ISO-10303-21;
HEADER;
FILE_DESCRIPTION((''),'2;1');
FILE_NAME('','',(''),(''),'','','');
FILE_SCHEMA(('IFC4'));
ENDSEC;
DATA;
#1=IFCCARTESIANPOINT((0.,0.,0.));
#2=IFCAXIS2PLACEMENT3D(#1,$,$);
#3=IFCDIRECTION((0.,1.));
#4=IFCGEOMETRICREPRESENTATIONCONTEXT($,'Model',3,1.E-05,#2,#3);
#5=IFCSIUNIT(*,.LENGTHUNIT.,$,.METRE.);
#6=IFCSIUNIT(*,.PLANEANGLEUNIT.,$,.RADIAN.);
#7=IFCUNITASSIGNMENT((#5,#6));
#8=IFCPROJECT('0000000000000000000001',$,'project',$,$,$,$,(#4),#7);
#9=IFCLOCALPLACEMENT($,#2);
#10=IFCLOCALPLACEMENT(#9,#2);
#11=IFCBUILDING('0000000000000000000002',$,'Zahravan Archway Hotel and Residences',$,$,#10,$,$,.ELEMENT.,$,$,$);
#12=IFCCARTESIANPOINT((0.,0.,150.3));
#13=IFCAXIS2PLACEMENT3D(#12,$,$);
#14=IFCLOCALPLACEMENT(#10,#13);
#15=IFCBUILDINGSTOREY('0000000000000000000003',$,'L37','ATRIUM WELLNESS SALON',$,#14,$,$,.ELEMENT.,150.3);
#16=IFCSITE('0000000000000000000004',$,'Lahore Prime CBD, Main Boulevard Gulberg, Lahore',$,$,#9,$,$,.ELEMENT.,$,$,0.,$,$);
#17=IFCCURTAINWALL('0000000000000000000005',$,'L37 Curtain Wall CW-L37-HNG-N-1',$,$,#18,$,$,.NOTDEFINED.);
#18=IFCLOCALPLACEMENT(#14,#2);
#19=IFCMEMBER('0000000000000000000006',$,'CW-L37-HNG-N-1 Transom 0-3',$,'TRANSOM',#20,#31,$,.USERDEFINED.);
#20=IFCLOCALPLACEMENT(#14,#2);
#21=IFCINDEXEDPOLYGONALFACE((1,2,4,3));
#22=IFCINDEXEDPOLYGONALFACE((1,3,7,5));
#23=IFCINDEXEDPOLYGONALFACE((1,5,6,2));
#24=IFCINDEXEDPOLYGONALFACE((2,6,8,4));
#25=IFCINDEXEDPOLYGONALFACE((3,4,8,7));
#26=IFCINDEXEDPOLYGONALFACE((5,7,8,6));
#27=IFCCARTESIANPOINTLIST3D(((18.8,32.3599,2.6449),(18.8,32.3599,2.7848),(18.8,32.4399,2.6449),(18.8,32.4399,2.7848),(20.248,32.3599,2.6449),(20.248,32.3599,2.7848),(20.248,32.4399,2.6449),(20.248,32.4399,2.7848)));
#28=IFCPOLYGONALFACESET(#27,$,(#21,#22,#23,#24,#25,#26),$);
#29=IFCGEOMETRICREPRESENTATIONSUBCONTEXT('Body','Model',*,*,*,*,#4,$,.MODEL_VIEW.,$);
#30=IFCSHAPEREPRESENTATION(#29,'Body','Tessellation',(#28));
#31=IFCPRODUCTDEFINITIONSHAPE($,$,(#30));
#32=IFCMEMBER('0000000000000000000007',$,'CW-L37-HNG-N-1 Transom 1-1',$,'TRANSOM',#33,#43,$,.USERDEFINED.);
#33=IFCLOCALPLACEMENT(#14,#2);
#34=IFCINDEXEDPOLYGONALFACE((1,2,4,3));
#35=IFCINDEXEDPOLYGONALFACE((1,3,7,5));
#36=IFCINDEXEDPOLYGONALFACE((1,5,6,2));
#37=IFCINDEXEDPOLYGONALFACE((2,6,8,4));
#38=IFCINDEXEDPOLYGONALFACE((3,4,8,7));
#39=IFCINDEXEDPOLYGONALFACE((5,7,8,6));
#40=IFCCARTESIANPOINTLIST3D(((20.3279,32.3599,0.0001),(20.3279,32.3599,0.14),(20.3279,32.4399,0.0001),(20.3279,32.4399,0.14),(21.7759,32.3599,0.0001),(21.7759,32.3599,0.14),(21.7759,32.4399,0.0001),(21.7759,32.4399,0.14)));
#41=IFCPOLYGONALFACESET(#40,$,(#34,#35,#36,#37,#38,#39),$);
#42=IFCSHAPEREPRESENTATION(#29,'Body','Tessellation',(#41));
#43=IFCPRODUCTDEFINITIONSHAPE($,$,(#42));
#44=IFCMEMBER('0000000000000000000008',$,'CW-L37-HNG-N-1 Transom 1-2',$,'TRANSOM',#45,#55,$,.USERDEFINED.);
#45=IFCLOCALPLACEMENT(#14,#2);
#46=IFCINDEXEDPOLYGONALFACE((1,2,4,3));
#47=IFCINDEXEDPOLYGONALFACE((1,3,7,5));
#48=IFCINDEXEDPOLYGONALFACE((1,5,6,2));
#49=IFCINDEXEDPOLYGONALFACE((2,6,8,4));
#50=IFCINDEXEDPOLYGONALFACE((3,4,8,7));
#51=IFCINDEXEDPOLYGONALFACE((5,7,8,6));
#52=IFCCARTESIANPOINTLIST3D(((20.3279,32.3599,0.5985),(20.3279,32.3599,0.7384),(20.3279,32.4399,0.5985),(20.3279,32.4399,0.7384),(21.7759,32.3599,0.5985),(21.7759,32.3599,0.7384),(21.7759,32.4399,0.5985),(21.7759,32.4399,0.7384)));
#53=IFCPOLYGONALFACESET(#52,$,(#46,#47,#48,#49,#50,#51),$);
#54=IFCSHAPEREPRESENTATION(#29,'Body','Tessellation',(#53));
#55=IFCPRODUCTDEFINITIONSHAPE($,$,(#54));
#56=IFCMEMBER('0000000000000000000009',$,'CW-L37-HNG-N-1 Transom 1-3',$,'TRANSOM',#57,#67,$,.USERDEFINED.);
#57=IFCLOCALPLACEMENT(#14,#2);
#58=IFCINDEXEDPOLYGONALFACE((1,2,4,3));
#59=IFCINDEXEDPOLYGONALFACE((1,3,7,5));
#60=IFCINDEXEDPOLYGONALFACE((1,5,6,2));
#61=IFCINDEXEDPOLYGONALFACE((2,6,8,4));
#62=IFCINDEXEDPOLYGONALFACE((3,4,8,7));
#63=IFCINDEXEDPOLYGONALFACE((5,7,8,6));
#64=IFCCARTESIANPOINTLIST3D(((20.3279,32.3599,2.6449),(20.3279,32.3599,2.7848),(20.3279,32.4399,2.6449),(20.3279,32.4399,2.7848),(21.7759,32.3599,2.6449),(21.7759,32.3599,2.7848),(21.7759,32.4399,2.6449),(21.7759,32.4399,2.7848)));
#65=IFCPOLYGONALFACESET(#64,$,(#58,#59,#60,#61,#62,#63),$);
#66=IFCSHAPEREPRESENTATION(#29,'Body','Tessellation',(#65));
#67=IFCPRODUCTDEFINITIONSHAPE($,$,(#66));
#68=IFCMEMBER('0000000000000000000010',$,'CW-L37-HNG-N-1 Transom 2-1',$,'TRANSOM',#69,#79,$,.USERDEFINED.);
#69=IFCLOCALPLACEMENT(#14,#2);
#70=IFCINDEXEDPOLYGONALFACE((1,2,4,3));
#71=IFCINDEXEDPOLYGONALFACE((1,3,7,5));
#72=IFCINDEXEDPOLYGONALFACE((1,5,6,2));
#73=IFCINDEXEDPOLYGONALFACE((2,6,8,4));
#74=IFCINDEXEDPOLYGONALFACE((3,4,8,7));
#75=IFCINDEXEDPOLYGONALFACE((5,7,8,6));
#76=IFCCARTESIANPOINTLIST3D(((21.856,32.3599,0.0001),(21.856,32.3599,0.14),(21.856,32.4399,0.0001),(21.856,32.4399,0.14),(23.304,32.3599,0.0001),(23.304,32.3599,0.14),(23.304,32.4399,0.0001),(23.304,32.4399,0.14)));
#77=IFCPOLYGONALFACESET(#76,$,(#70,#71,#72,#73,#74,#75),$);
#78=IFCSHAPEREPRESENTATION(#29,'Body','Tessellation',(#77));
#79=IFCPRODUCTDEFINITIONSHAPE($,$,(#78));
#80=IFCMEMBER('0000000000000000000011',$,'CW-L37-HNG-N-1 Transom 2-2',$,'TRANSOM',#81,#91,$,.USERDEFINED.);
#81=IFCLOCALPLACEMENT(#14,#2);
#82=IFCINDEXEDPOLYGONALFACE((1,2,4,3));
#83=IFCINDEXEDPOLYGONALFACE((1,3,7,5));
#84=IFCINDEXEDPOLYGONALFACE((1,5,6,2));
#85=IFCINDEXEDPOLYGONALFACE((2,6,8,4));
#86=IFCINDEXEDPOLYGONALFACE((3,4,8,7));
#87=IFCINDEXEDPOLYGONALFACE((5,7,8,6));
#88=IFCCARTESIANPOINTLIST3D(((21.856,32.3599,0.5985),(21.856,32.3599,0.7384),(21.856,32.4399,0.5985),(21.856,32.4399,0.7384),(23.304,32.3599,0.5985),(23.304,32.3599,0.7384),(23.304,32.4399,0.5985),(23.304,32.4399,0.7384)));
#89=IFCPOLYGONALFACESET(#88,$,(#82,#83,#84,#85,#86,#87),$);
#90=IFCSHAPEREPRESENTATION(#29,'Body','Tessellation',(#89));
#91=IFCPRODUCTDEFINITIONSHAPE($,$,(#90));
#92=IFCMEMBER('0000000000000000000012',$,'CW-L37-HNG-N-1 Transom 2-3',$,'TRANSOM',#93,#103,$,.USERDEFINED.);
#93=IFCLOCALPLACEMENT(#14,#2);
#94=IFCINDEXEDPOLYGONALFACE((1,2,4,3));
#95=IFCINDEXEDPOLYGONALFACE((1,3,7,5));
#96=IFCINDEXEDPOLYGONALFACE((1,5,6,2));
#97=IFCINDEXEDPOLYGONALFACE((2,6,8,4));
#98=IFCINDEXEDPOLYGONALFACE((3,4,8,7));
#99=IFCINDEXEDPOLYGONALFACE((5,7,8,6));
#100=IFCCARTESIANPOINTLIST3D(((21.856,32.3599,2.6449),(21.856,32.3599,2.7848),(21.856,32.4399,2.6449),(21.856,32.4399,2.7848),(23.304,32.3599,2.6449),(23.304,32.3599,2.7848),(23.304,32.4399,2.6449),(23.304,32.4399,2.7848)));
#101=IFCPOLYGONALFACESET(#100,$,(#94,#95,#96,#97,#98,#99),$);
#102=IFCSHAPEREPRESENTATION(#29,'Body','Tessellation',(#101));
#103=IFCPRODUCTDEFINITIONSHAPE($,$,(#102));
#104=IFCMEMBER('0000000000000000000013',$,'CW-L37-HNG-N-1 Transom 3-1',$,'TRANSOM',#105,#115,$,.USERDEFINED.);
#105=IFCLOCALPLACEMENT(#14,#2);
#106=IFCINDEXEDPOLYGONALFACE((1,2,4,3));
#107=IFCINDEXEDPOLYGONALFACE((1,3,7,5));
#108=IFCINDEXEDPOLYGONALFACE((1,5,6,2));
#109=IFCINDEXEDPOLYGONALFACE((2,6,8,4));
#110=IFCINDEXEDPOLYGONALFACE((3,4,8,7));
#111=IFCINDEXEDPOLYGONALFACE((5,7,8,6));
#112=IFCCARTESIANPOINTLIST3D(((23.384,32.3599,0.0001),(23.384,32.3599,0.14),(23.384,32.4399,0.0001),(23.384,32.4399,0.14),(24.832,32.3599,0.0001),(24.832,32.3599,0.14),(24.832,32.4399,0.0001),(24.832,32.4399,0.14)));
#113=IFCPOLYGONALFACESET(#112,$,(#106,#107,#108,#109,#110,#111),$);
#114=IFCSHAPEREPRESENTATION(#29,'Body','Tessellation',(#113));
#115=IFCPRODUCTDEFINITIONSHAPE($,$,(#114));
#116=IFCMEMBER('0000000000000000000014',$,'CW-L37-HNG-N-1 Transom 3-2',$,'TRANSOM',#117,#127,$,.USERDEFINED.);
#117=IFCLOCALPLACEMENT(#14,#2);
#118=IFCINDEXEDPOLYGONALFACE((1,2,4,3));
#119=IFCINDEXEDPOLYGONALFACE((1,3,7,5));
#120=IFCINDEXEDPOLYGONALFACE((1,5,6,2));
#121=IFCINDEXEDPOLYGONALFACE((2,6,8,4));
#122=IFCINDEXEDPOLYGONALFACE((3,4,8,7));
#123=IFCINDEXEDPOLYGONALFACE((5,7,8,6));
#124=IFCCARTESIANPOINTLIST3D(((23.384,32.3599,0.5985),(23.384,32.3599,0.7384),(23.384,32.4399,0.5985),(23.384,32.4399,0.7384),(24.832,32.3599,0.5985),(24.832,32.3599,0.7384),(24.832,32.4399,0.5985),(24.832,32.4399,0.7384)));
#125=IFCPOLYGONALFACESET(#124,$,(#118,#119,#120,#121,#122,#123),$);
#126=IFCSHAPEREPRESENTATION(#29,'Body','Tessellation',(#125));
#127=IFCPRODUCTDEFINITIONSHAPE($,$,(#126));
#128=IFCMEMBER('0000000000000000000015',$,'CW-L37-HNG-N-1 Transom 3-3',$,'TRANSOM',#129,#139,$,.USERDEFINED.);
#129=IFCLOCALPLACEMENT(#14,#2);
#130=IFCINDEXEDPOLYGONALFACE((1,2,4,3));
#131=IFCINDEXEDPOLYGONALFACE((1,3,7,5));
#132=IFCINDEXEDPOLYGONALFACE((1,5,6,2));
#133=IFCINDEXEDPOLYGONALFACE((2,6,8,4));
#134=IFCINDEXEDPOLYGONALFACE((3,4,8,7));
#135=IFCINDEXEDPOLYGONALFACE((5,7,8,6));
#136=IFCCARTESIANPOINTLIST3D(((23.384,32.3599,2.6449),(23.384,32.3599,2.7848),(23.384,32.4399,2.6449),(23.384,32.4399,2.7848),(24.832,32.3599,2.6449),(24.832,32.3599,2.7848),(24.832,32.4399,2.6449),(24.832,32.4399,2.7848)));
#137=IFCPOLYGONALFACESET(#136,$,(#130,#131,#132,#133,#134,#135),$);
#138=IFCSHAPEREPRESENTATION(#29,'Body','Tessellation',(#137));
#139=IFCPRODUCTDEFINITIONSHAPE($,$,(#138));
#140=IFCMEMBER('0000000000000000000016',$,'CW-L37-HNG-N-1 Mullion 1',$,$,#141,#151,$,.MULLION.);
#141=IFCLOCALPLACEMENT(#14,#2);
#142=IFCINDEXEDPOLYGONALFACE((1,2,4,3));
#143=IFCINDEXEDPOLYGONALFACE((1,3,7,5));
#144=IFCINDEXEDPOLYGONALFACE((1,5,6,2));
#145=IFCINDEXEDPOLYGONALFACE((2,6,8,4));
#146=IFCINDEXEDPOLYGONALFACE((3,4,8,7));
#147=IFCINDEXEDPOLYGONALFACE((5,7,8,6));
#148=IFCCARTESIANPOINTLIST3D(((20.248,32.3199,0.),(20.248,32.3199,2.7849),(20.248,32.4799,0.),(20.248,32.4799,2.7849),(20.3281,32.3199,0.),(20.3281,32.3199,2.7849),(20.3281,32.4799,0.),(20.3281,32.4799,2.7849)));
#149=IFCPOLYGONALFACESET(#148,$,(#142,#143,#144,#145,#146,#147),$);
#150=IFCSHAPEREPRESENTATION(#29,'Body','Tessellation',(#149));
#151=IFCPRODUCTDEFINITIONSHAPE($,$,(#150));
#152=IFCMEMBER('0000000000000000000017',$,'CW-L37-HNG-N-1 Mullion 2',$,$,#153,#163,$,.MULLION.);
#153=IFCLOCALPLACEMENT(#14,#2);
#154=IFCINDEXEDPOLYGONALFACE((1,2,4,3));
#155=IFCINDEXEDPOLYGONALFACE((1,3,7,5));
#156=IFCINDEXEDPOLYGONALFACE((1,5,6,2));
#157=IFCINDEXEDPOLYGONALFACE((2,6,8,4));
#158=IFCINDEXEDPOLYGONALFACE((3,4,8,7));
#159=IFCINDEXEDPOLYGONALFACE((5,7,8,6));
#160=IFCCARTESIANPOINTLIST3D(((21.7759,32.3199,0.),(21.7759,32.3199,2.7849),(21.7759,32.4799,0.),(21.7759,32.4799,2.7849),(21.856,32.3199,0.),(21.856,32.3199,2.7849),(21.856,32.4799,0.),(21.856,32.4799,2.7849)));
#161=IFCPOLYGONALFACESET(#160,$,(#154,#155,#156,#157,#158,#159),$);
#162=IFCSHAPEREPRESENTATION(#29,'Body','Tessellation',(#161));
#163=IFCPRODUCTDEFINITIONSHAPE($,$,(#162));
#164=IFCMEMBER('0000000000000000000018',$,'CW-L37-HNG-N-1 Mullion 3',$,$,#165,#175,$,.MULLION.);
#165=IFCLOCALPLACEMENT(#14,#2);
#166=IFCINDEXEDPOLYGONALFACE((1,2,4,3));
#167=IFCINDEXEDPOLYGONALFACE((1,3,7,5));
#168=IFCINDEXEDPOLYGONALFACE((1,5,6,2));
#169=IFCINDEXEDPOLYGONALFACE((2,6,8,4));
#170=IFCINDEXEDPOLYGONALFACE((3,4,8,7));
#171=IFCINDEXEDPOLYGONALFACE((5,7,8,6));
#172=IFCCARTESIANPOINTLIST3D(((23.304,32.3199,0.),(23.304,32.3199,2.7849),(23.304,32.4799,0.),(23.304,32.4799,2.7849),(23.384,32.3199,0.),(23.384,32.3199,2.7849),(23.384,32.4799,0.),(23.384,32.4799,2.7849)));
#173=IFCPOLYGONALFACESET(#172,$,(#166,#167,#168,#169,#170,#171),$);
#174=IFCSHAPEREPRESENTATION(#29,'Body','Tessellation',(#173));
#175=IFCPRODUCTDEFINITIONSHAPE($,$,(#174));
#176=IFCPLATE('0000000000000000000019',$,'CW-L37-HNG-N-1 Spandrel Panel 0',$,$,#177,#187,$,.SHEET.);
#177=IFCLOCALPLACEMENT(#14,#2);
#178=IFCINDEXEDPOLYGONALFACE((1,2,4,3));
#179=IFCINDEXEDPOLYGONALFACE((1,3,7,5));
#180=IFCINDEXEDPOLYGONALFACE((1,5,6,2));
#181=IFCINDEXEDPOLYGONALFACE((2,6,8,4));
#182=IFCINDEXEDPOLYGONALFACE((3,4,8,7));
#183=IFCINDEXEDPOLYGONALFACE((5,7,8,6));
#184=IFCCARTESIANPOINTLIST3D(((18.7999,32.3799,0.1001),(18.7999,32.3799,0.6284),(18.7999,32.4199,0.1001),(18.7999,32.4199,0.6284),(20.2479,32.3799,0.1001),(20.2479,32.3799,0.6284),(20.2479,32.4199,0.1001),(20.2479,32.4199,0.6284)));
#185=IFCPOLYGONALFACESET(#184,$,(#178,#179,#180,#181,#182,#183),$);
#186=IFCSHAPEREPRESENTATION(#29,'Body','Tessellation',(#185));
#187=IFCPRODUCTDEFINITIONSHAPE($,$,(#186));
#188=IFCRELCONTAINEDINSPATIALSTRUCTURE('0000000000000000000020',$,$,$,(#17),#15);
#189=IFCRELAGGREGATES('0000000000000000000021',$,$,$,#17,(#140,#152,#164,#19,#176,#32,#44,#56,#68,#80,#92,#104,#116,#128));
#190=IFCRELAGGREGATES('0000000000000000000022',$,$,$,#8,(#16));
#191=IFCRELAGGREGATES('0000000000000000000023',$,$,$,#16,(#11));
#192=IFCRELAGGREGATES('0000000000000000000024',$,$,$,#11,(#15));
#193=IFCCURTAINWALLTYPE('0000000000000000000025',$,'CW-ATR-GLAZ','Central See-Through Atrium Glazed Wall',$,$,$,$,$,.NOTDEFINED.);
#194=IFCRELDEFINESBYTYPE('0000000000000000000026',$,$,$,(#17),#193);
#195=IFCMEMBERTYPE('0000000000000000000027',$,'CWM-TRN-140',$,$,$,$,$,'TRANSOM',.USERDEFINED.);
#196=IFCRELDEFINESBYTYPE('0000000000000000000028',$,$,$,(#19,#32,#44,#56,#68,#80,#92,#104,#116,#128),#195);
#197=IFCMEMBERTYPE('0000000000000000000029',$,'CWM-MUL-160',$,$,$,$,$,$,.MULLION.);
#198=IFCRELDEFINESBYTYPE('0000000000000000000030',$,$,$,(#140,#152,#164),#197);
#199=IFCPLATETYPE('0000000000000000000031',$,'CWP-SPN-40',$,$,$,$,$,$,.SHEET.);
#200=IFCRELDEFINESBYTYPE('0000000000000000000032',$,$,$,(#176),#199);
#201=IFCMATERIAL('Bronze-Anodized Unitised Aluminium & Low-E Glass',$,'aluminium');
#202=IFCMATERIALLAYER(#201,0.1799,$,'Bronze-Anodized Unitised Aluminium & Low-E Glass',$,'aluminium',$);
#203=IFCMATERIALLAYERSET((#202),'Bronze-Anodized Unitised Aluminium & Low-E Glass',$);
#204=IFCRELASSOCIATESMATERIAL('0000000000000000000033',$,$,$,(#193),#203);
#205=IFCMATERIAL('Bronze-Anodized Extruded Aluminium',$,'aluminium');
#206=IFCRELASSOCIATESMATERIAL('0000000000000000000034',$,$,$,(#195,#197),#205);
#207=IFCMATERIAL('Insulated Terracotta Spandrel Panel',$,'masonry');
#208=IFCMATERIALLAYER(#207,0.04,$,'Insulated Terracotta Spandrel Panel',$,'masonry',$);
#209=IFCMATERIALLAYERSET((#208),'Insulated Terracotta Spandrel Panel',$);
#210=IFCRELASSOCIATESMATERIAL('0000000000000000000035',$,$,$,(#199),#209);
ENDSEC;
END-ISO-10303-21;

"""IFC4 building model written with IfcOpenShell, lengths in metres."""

from ifc_helpers import new_model, si_unit, direction, frame, origin, origin_2d, place, context, subcontext, project, spatial, rectangle, extrude, source, transform, mapped, material, layer, layer_set, material_profile, profile_set, type_object, element, aggregate, save


model = new_model("IFC4")

# Units and contexts
model_context = context("Model", 3, precision=1e-05, world=origin(), true_north=direction((0.0, 1.0)))
body_context = subcontext(model_context, "Body", "Model", "MODEL_VIEW")
ifc_project = project(units=[si_unit("LENGTHUNIT", "METRE"), si_unit("PLANEANGLEUNIT", "RADIAN")], contexts=[model_context])

# Site, building, storey
site_placement = place(None, origin())
site = spatial("IfcSite", under=ifc_project, at=site_placement, Name="Lahore Prime CBD, Main Boulevard Gulberg, Lahore", CompositionType="ELEMENT", RefElevation=0.0)
building_placement = place(site_placement, origin())
building = spatial("IfcBuilding", under=site, at=building_placement, Name="Zahravan Archway Hotel and Residences", CompositionType="ELEMENT")
storey_placement = place(building_placement, frame((0.0, 0.0, 150.3)))
storey = spatial("IfcBuildingStorey", under=building, at=storey_placement, Name="L37", Description="ATRIUM WELLNESS SALON", CompositionType="ELEMENT", Elevation=150.3)

# Curtain wall, members, plate
ifc_material_1 = material(Name="Bronze-Anodized Unitised Aluminium & Low-E Glass", Category="aluminium")
ifc_layer_1 = layer(ifc_material_1, 0.1799, Name="Bronze-Anodized Unitised Aluminium & Low-E Glass", Category="aluminium")
ifc_layer_set_1 = layer_set([ifc_layer_1], Name="Bronze-Anodized Unitised Aluminium & Low-E Glass")
curtain_wall_type = type_object("IfcCurtainWallType", Name="CW-ATR-GLAZ", Description="Central See-Through Atrium Glazed Wall", PredefinedType="NOTDEFINED", material=ifc_layer_set_1)
curtain_wall_placement = place(storey_placement, origin())
curtain_wall = element("IfcCurtainWall", 1, at=curtain_wall_placement, inside=storey, type_object=curtain_wall_type, Name="L37 Curtain Wall CW-L37-HNG-N-1", PredefinedType="NOTDEFINED")
ifc_material_2 = material(Name="Bronze-Anodized Extruded Aluminium", Category="aluminium")
ifc_material_profile_1 = material_profile(ifc_material_2, rectangle(XDim=0.0801, YDim=0.1399, at=origin_2d()), Name="TRN 80x140", Category="aluminium")
ifc_profile_set_1 = profile_set([ifc_material_profile_1], Name="Bronze-Anodized Extruded Aluminium")
member_type_1 = type_object("IfcMemberType", Name="CWM-TRN-140", ElementType="TRANSOM", PredefinedType="USERDEFINED", material=ifc_profile_set_1)
shared_shape_1 = source(origin(), body_context, "Body", "SweptSolid", [
    extrude(rectangle(XDim=0.0801, YDim=0.1399, at=origin_2d()), origin(), (0.0, 0.0, 1.0), 1.448),
])
member_1_placement = place(storey_placement, frame((18.8, 32.3999, 2.7148), z_axis=(1.0, 0.0, 0.0), x_axis=(0.0, 1.0, 0.0)))
member_1 = element("IfcMember", 2, at=member_1_placement, type_object=member_type_1, Name="CW-L37-HNG-N-1 Transom 0-3", ObjectType="TRANSOM", PredefinedType="USERDEFINED", context=body_context, shape_type="MappedRepresentation", body=[
    mapped(shared_shape_1, transform((0.0, 0.0, 0.0), scale=1.0)),
])
member_2_placement = place(storey_placement, frame((20.3279, 32.3999, 0.0701), z_axis=(1.0, 0.0, 0.0), x_axis=(0.0, 1.0, 0.0)))
member_2 = element("IfcMember", 3, at=member_2_placement, type_object=member_type_1, Name="CW-L37-HNG-N-1 Transom 1-1", ObjectType="TRANSOM", PredefinedType="USERDEFINED", context=body_context, shape_type="MappedRepresentation", body=[
    mapped(shared_shape_1, transform((0.0, 0.0, 0.0), scale=1.0)),
])
member_3_placement = place(storey_placement, frame((20.3279, 32.3999, 0.6685), z_axis=(1.0, 0.0, 0.0), x_axis=(0.0, 1.0, 0.0)))
member_3 = element("IfcMember", 4, at=member_3_placement, type_object=member_type_1, Name="CW-L37-HNG-N-1 Transom 1-2", ObjectType="TRANSOM", PredefinedType="USERDEFINED", context=body_context, shape_type="MappedRepresentation", body=[
    mapped(shared_shape_1, transform((0.0, 0.0, 0.0), scale=1.0)),
])
member_4_placement = place(storey_placement, frame((20.3279, 32.3999, 2.7148), z_axis=(1.0, 0.0, 0.0), x_axis=(0.0, 1.0, 0.0)))
member_4 = element("IfcMember", 5, at=member_4_placement, type_object=member_type_1, Name="CW-L37-HNG-N-1 Transom 1-3", ObjectType="TRANSOM", PredefinedType="USERDEFINED", context=body_context, shape_type="MappedRepresentation", body=[
    mapped(shared_shape_1, transform((0.0, 0.0, 0.0), scale=1.0)),
])
member_5_placement = place(storey_placement, frame((21.856, 32.3999, 0.0701), z_axis=(1.0, 0.0, 0.0), x_axis=(0.0, 1.0, 0.0)))
member_5 = element("IfcMember", 6, at=member_5_placement, type_object=member_type_1, Name="CW-L37-HNG-N-1 Transom 2-1", ObjectType="TRANSOM", PredefinedType="USERDEFINED", context=body_context, shape_type="MappedRepresentation", body=[
    mapped(shared_shape_1, transform((0.0, 0.0, 0.0), scale=1.0)),
])
member_6_placement = place(storey_placement, frame((21.856, 32.3999, 0.6685), z_axis=(1.0, 0.0, 0.0), x_axis=(0.0, 1.0, 0.0)))
member_6 = element("IfcMember", 7, at=member_6_placement, type_object=member_type_1, Name="CW-L37-HNG-N-1 Transom 2-2", ObjectType="TRANSOM", PredefinedType="USERDEFINED", context=body_context, shape_type="MappedRepresentation", body=[
    mapped(shared_shape_1, transform((0.0, 0.0, 0.0), scale=1.0)),
])
member_7_placement = place(storey_placement, frame((21.856, 32.3999, 2.7148), z_axis=(1.0, 0.0, 0.0), x_axis=(0.0, 1.0, 0.0)))
member_7 = element("IfcMember", 8, at=member_7_placement, type_object=member_type_1, Name="CW-L37-HNG-N-1 Transom 2-3", ObjectType="TRANSOM", PredefinedType="USERDEFINED", context=body_context, shape_type="MappedRepresentation", body=[
    mapped(shared_shape_1, transform((0.0, 0.0, 0.0), scale=1.0)),
])
member_8_placement = place(storey_placement, frame((23.384, 32.3999, 0.0701), z_axis=(1.0, 0.0, 0.0), x_axis=(0.0, 1.0, 0.0)))
member_8 = element("IfcMember", 9, at=member_8_placement, type_object=member_type_1, Name="CW-L37-HNG-N-1 Transom 3-1", ObjectType="TRANSOM", PredefinedType="USERDEFINED", context=body_context, shape_type="MappedRepresentation", body=[
    mapped(shared_shape_1, transform((0.0, 0.0, 0.0), scale=1.0)),
])
member_9_placement = place(storey_placement, frame((23.384, 32.3999, 0.6685), z_axis=(1.0, 0.0, 0.0), x_axis=(0.0, 1.0, 0.0)))
member_9 = element("IfcMember", 10, at=member_9_placement, type_object=member_type_1, Name="CW-L37-HNG-N-1 Transom 3-2", ObjectType="TRANSOM", PredefinedType="USERDEFINED", context=body_context, shape_type="MappedRepresentation", body=[
    mapped(shared_shape_1, transform((0.0, 0.0, 0.0), scale=1.0)),
])
member_10_placement = place(storey_placement, frame((23.384, 32.3999, 2.7148), z_axis=(1.0, 0.0, 0.0), x_axis=(0.0, 1.0, 0.0)))
member_10 = element("IfcMember", 11, at=member_10_placement, type_object=member_type_1, Name="CW-L37-HNG-N-1 Transom 3-3", ObjectType="TRANSOM", PredefinedType="USERDEFINED", context=body_context, shape_type="MappedRepresentation", body=[
    mapped(shared_shape_1, transform((0.0, 0.0, 0.0), scale=1.0)),
])
ifc_material_profile_2 = material_profile(ifc_material_2, rectangle(XDim=0.0801, YDim=0.1599, at=origin_2d()), Name="MUL 80x160", Category="aluminium")
ifc_profile_set_2 = profile_set([ifc_material_profile_2], Name="Bronze-Anodized Extruded Aluminium")
member_type_2 = type_object("IfcMemberType", Name="CWM-MUL-160", PredefinedType="MULLION", material=ifc_profile_set_2)
shared_shape_2 = source(origin(), body_context, "Body", "SweptSolid", [
    extrude(rectangle(XDim=0.0801, YDim=0.1599, at=origin_2d()), origin(), (0.0, 0.0, 1.0), 2.7849),
])
member_11_placement = place(storey_placement, frame((20.2881, 32.3999, 0.0), z_axis=(0.0, 0.0, 1.0), x_axis=(1.0, 0.0, 0.0)))
member_11 = element("IfcMember", 12, at=member_11_placement, type_object=member_type_2, Name="CW-L37-HNG-N-1 Mullion 1", PredefinedType="MULLION", context=body_context, shape_type="MappedRepresentation", body=[
    mapped(shared_shape_2, transform((0.0, 0.0, 0.0), scale=1.0)),
])
member_12_placement = place(storey_placement, frame((21.8159, 32.3999, 0.0), z_axis=(0.0, 0.0, 1.0), x_axis=(1.0, 0.0, 0.0)))
member_12 = element("IfcMember", 13, at=member_12_placement, type_object=member_type_2, Name="CW-L37-HNG-N-1 Mullion 2", PredefinedType="MULLION", context=body_context, shape_type="MappedRepresentation", body=[
    mapped(shared_shape_2, transform((0.0, 0.0, 0.0), scale=1.0)),
])
member_13_placement = place(storey_placement, frame((23.344, 32.3999, 0.0), z_axis=(0.0, 0.0, 1.0), x_axis=(1.0, 0.0, 0.0)))
member_13 = element("IfcMember", 14, at=member_13_placement, type_object=member_type_2, Name="CW-L37-HNG-N-1 Mullion 3", PredefinedType="MULLION", context=body_context, shape_type="MappedRepresentation", body=[
    mapped(shared_shape_2, transform((0.0, 0.0, 0.0), scale=1.0)),
])
ifc_material_3 = material(Name="Insulated Terracotta Spandrel Panel", Category="masonry")
ifc_layer_2 = layer(ifc_material_3, 0.04, Name="Insulated Terracotta Spandrel Panel", Category="masonry")
ifc_layer_set_2 = layer_set([ifc_layer_2], Name="Insulated Terracotta Spandrel Panel")
plate_type_1 = type_object("IfcPlateType", Name="CWP-SPN-40", PredefinedType="SHEET", material=ifc_layer_set_2)
shared_shape_3 = source(origin(), body_context, "Body", "SweptSolid", [
    extrude(rectangle(XDim=1.448, YDim=0.04, at=origin_2d()), origin(), (0.0, 0.0, 1.0), 0.5283),
])
plate_1_placement = place(storey_placement, frame((19.5239, 32.3999, 0.1001), z_axis=(0.0, 0.0, 1.0), x_axis=(1.0, 0.0, 0.0)))
plate_1 = element("IfcPlate", 15, at=plate_1_placement, type_object=plate_type_1, Name="CW-L37-HNG-N-1 Spandrel Panel 0", PredefinedType="SHEET", context=body_context, shape_type="MappedRepresentation", body=[
    mapped(shared_shape_3, transform((0.0, 0.0, 0.0), scale=1.0)),
])
aggregate(curtain_wall, [member_11, member_12, member_13, member_1, plate_1, member_2, member_3, member_4, member_5, member_6, member_7, member_8, member_9, member_10])

save(model, "model.ifc")
